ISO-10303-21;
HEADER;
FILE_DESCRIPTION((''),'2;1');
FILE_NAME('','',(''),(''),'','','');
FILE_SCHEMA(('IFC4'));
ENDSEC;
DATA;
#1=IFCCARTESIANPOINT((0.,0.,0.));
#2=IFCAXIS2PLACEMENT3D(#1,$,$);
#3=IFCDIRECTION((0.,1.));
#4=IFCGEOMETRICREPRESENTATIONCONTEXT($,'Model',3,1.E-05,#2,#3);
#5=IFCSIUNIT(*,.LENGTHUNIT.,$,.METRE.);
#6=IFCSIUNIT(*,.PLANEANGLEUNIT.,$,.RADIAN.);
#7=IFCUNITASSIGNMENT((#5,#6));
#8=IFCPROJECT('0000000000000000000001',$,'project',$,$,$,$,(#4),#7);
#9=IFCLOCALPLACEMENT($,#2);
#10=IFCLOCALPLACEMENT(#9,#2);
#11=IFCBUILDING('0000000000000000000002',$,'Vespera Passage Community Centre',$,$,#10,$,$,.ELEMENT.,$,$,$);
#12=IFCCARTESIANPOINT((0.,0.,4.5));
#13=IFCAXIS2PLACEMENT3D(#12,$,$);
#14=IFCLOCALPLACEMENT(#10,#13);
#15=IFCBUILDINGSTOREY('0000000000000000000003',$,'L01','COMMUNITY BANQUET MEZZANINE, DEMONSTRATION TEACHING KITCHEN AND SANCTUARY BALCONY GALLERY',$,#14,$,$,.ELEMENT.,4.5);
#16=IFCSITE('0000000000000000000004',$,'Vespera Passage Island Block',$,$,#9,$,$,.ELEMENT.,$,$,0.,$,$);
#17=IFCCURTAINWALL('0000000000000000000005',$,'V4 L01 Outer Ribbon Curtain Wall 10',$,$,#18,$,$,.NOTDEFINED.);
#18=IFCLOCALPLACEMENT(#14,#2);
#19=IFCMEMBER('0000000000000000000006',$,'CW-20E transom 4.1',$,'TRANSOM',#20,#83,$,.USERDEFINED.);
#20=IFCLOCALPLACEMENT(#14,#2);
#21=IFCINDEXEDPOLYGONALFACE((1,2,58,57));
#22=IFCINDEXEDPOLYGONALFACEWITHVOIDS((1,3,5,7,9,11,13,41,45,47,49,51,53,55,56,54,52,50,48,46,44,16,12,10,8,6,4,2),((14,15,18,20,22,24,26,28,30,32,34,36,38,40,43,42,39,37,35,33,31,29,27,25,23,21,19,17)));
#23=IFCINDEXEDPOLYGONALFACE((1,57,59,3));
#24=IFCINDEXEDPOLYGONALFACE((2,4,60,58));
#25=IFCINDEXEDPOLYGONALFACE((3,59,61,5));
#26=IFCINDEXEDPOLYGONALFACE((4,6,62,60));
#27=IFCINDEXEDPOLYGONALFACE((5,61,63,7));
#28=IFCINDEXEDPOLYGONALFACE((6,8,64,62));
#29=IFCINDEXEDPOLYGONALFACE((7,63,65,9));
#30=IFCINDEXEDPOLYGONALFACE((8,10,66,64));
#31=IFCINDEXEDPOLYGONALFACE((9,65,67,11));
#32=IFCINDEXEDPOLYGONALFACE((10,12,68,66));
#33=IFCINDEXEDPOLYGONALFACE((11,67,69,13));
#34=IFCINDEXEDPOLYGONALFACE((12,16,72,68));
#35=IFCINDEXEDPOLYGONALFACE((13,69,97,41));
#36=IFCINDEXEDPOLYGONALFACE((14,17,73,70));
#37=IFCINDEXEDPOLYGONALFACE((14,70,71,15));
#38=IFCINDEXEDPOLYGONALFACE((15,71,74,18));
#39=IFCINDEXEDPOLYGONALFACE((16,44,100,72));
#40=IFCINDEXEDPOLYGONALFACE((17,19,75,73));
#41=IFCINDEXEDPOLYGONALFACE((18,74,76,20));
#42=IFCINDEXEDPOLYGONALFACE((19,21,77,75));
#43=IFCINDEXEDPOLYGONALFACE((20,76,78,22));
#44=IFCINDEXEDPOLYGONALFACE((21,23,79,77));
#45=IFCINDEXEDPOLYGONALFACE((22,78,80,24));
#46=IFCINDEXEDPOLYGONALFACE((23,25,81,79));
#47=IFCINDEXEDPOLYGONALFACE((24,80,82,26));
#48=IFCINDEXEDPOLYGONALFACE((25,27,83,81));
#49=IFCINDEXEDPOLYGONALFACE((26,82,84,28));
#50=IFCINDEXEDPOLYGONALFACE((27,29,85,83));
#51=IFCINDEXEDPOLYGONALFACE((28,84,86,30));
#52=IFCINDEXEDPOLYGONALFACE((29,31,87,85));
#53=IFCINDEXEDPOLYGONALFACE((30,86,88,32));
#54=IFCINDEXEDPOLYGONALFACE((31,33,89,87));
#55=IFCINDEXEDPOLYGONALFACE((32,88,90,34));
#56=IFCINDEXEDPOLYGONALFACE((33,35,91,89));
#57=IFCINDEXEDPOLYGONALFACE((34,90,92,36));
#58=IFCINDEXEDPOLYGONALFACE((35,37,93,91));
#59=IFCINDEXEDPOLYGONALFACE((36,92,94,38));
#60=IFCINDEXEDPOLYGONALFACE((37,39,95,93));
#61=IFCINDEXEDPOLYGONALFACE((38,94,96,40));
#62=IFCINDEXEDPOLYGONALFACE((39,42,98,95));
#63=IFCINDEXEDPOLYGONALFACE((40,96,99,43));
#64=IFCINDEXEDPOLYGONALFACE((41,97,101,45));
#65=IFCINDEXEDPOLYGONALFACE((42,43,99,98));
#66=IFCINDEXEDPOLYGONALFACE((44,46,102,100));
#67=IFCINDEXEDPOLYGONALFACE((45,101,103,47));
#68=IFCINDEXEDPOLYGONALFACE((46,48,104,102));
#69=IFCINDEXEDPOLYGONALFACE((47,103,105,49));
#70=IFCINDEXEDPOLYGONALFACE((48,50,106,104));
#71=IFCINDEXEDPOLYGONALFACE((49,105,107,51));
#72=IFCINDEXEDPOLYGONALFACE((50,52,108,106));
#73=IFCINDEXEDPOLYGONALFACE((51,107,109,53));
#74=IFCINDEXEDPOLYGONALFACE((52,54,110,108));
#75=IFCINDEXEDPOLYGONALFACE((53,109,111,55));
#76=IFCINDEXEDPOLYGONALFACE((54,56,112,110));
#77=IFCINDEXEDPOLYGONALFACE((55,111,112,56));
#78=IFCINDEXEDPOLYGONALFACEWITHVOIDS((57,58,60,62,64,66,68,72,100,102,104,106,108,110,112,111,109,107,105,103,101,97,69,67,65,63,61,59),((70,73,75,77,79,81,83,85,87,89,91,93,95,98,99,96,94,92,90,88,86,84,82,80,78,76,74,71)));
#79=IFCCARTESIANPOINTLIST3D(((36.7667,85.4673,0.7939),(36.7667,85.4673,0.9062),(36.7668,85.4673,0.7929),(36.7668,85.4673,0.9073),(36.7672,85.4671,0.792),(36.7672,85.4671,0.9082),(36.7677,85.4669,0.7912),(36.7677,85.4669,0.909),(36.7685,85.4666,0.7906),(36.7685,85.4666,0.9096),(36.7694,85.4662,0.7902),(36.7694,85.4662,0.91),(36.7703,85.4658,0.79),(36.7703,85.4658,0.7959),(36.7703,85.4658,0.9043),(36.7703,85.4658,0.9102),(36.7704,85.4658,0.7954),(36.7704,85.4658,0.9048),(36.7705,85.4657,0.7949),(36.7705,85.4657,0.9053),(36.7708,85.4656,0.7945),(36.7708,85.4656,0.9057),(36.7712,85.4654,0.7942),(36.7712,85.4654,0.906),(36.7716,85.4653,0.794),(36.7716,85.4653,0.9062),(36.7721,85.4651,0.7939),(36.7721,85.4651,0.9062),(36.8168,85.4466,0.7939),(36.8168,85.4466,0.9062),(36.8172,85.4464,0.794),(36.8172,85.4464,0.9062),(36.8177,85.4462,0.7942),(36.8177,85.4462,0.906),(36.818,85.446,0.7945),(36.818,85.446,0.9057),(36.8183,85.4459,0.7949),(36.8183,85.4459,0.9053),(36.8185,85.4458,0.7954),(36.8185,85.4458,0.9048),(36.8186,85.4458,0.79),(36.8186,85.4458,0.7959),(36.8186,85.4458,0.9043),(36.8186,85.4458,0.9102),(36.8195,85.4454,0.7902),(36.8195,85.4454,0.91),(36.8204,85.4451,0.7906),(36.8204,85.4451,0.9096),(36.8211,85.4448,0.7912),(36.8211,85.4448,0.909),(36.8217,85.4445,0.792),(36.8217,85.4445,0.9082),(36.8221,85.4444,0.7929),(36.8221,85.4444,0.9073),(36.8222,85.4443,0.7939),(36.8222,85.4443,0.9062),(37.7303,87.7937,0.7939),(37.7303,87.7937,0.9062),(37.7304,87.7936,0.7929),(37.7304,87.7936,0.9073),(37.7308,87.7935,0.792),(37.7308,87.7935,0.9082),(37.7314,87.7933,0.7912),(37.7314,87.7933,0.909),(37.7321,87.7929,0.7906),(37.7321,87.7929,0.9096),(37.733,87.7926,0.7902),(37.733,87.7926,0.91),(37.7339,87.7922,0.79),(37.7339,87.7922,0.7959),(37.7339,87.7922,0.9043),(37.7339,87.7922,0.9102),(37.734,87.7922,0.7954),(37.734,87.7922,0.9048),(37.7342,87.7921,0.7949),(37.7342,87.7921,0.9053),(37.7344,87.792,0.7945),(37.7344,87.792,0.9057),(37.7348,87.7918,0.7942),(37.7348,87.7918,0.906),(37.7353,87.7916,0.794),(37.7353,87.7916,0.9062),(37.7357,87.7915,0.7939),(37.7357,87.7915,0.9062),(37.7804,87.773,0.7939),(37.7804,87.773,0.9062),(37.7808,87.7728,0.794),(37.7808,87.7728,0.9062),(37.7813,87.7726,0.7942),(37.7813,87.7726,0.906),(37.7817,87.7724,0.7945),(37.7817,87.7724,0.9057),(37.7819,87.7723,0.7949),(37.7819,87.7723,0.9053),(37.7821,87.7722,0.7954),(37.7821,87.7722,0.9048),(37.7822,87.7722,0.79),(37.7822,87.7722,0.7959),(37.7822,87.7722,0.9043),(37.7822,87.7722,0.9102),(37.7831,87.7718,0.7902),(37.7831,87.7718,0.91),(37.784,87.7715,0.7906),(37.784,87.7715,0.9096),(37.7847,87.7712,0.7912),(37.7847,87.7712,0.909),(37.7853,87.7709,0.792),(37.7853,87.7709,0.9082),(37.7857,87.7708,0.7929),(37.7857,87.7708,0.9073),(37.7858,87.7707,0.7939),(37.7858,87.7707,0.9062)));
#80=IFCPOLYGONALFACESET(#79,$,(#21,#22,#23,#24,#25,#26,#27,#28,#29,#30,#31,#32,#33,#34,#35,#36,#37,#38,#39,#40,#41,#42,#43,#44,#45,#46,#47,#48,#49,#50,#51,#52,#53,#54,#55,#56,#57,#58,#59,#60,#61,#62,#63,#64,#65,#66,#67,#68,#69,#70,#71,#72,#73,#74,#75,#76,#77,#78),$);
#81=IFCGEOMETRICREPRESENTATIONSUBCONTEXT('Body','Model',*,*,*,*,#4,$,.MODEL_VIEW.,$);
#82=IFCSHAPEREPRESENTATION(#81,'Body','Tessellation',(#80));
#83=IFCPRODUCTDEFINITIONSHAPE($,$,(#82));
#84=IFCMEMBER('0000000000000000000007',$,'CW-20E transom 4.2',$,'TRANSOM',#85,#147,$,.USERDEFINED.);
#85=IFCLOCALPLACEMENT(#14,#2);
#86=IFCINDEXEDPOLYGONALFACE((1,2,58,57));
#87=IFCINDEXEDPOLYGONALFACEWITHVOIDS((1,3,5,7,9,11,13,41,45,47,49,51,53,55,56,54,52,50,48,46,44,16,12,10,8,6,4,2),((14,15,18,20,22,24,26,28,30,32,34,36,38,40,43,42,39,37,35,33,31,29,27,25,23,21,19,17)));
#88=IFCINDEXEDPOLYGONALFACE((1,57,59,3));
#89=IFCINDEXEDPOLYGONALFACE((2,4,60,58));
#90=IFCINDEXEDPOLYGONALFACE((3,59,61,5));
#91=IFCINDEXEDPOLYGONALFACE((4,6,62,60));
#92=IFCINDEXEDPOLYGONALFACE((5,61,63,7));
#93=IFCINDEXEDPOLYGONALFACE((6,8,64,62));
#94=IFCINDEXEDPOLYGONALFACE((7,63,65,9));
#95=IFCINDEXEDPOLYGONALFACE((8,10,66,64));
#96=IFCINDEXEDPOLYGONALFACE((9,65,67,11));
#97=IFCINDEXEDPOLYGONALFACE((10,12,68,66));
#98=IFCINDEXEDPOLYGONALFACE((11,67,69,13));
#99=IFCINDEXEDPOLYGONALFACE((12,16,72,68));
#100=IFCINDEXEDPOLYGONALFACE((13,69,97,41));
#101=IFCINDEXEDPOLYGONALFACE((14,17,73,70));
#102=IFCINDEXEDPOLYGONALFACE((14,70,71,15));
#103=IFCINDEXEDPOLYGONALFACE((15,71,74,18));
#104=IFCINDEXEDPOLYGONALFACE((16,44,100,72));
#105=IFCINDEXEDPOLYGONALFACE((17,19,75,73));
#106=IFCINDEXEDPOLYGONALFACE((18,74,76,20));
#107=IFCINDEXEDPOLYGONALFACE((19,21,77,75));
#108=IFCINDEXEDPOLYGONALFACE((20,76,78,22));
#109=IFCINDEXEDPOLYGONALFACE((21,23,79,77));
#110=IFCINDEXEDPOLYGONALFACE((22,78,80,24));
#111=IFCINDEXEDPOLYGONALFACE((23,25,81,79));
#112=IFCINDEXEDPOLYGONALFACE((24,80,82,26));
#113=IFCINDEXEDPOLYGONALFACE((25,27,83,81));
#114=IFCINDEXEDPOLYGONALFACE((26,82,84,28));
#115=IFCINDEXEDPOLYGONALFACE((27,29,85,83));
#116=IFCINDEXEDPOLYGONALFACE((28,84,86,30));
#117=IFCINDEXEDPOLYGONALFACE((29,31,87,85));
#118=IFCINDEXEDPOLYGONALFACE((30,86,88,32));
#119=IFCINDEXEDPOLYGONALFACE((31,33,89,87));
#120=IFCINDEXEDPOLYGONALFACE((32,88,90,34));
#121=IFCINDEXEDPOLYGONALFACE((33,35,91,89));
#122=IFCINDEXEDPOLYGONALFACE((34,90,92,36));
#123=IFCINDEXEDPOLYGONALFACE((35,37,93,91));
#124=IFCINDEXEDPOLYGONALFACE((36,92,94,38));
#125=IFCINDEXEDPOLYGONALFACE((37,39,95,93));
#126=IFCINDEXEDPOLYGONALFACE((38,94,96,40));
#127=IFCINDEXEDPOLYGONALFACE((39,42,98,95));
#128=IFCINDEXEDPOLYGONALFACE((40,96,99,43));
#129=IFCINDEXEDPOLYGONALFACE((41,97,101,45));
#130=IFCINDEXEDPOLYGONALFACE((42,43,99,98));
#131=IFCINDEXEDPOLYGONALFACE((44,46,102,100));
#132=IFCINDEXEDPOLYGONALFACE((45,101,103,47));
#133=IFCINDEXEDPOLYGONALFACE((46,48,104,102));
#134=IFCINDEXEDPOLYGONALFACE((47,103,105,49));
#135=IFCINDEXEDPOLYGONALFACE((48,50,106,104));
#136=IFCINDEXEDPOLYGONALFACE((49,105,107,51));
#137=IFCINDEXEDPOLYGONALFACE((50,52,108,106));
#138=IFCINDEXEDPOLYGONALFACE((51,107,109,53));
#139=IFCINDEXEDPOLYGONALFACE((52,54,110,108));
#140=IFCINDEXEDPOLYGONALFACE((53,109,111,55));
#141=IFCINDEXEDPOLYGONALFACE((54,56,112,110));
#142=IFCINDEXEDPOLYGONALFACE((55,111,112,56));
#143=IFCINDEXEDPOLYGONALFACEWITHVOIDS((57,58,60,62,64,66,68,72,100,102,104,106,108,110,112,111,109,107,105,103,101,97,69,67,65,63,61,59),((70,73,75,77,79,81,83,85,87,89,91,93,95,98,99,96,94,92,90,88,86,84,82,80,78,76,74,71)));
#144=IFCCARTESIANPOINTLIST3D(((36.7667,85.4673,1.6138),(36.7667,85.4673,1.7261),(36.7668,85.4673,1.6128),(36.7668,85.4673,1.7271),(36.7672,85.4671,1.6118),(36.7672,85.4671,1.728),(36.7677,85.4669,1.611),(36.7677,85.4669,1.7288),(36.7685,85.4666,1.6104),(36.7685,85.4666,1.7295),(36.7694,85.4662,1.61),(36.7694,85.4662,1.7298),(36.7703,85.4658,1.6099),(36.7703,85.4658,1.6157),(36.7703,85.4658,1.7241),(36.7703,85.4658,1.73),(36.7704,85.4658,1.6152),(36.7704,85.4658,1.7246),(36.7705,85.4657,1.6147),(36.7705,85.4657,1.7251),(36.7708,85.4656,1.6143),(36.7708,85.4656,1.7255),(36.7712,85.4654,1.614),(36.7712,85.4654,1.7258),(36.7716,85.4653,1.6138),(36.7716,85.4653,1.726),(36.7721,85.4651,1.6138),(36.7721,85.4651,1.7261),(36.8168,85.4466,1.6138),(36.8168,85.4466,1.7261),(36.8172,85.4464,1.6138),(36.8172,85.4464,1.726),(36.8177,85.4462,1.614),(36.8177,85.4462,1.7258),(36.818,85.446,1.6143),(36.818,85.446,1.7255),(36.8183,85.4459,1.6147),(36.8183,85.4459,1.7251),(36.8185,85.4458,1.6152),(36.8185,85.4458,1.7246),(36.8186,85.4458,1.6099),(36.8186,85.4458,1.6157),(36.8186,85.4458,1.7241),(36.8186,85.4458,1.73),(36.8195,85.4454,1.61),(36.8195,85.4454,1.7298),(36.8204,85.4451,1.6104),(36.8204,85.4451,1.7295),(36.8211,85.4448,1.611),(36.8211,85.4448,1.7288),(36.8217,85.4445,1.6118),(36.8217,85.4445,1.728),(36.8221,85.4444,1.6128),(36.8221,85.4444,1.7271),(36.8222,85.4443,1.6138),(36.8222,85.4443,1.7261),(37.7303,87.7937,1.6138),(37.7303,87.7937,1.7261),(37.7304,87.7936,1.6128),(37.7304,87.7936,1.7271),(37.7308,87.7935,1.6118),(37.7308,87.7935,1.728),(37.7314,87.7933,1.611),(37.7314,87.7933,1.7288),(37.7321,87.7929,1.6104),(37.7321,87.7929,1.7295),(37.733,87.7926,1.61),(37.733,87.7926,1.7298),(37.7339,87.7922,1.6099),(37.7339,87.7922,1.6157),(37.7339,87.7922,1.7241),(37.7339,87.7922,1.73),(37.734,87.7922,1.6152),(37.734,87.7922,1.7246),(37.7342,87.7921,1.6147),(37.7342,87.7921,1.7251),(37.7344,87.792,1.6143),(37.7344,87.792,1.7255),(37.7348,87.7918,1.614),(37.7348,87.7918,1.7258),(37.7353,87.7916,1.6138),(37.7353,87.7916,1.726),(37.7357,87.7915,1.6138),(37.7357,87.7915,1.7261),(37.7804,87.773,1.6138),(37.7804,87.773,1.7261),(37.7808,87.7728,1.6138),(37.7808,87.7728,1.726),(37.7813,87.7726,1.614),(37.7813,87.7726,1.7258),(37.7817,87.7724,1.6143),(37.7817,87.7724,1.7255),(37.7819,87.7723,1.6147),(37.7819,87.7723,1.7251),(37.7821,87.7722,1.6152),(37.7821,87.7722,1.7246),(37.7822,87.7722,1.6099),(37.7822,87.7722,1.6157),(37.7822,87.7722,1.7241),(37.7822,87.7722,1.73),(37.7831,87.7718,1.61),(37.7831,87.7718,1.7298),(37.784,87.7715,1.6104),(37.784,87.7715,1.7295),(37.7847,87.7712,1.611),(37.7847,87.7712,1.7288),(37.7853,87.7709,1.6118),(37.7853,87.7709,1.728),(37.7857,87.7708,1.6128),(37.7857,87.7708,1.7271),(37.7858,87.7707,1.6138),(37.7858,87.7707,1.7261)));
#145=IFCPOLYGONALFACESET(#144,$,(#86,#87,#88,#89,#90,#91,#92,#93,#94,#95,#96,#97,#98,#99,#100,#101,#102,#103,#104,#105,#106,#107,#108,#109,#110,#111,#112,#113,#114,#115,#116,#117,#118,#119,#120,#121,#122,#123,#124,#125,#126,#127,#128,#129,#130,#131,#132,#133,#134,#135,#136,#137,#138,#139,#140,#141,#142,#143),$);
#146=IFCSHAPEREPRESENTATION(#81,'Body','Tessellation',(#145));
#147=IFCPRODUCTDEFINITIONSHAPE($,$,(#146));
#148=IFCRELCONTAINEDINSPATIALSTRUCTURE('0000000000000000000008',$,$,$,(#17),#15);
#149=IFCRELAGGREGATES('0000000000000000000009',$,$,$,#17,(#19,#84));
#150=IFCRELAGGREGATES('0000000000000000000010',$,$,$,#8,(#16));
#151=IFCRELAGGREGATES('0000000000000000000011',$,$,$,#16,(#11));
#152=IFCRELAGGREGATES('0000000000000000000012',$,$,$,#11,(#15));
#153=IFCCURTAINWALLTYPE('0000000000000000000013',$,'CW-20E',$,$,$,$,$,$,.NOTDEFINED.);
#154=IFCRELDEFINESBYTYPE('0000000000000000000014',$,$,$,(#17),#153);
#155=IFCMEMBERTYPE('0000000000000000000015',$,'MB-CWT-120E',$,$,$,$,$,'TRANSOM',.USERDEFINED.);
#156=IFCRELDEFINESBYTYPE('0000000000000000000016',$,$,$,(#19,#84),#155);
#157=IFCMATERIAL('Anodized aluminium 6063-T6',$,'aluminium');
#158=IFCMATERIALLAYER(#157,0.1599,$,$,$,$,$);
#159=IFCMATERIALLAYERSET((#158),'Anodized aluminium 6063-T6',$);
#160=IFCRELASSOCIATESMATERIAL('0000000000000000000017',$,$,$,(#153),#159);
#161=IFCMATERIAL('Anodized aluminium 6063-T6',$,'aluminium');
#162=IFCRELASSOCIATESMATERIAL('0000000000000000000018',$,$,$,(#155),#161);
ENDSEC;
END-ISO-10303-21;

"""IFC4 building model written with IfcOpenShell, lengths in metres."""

from ifc_helpers import new_model, si_unit, direction, frame, origin, origin_2d, place, context, subcontext, project, spatial, hollow_rectangle, extrude, material, layer, layer_set, material_profile, profile_set, type_object, element, aggregate, save


model = new_model("IFC4")

# Units and contexts
model_context = context("Model", 3, precision=1e-05, world=origin(), true_north=direction((0.0, 1.0)))
body_context = subcontext(model_context, "Body", "Model", "MODEL_VIEW")
ifc_project = project(units=[si_unit("LENGTHUNIT", "METRE"), si_unit("PLANEANGLEUNIT", "RADIAN")], contexts=[model_context])

# Site, building, storey
site_placement = place(None, origin())
site = spatial("IfcSite", under=ifc_project, at=site_placement, Name="Vespera Passage Island Block", CompositionType="ELEMENT", RefElevation=0.0)
building_placement = place(site_placement, origin())
building = spatial("IfcBuilding", under=site, at=building_placement, Name="Vespera Passage Community Centre", CompositionType="ELEMENT")
storey_placement = place(building_placement, frame((0.0, 0.0, 4.5)))
storey = spatial("IfcBuildingStorey", under=building, at=storey_placement, Name="L01", Description="COMMUNITY BANQUET MEZZANINE, DEMONSTRATION TEACHING KITCHEN AND SANCTUARY BALCONY GALLERY", CompositionType="ELEMENT", Elevation=4.5)

# Curtain wall
ifc_material_1 = material(Name="Anodized aluminium 6063-T6", Category="aluminium")
ifc_layer_1 = layer(ifc_material_1, 0.1599)
ifc_layer_set_1 = layer_set([ifc_layer_1], Name="Anodized aluminium 6063-T6")
curtain_wall_type_1 = type_object("IfcCurtainWallType", Name="CW-20E", PredefinedType="NOTDEFINED", material=ifc_layer_set_1)
curtain_wall_1_placement = place(storey_placement, origin())
curtain_wall_1 = element("IfcCurtainWall", 1, at=curtain_wall_1_placement, inside=storey, type_object=curtain_wall_type_1, Name="V4 L01 Outer Ribbon Curtain Wall 10", PredefinedType="NOTDEFINED")

# Members
ifc_material_2 = material(Name="Anodized aluminium 6063-T6", Category="aluminium")
ifc_material_profile_1 = material_profile(ifc_material_2, hollow_rectangle(XDim=0.0601, YDim=0.1201, WallThickness=0.0039, InnerFilletRadius=0.002, OuterFilletRadius=0.0039, at=origin_2d()), Name="ALU120X60X4")
ifc_profile_set_1 = profile_set([ifc_material_profile_1], Name="Anodized aluminium 6063-T6")
member_type_1 = type_object("IfcMemberType", Name="MB-CWT-120E", ElementType="TRANSOM", PredefinedType="USERDEFINED", material=ifc_profile_set_1)
member_1_placement = place(storey_placement, frame((36.7944, 85.4558, 0.8501), z_axis=(0.38268, 0.923881, 0.0), x_axis=(-0.923881, 0.38268, 0.0)))
member_1 = element("IfcMember", 2, at=member_1_placement, type_object=member_type_1, Name="CW-20E transom 4.1", ObjectType="TRANSOM", PredefinedType="USERDEFINED", context=body_context, shape_type="SweptSolid", body=[
    extrude(hollow_rectangle(XDim=0.0601, YDim=0.1201, WallThickness=0.0039, InnerFilletRadius=0.002, OuterFilletRadius=0.0039, at=origin_2d()), origin(), (0.0, 0.0, 1.0), 2.5181),
])
member_2_placement = place(storey_placement, frame((36.7944, 85.4558, 1.6699), z_axis=(0.38268, 0.923881, 0.0), x_axis=(-0.923881, 0.38268, 0.0)))
member_2 = element("IfcMember", 3, at=member_2_placement, type_object=member_type_1, Name="CW-20E transom 4.2", ObjectType="TRANSOM", PredefinedType="USERDEFINED", context=body_context, shape_type="SweptSolid", body=[
    extrude(hollow_rectangle(XDim=0.0601, YDim=0.1201, WallThickness=0.0039, InnerFilletRadius=0.002, OuterFilletRadius=0.0039, at=origin_2d()), origin(), (0.0, 0.0, 1.0), 2.5181),
])

aggregate(curtain_wall_1, [member_1, member_2])

save(model, "model.ifc")
